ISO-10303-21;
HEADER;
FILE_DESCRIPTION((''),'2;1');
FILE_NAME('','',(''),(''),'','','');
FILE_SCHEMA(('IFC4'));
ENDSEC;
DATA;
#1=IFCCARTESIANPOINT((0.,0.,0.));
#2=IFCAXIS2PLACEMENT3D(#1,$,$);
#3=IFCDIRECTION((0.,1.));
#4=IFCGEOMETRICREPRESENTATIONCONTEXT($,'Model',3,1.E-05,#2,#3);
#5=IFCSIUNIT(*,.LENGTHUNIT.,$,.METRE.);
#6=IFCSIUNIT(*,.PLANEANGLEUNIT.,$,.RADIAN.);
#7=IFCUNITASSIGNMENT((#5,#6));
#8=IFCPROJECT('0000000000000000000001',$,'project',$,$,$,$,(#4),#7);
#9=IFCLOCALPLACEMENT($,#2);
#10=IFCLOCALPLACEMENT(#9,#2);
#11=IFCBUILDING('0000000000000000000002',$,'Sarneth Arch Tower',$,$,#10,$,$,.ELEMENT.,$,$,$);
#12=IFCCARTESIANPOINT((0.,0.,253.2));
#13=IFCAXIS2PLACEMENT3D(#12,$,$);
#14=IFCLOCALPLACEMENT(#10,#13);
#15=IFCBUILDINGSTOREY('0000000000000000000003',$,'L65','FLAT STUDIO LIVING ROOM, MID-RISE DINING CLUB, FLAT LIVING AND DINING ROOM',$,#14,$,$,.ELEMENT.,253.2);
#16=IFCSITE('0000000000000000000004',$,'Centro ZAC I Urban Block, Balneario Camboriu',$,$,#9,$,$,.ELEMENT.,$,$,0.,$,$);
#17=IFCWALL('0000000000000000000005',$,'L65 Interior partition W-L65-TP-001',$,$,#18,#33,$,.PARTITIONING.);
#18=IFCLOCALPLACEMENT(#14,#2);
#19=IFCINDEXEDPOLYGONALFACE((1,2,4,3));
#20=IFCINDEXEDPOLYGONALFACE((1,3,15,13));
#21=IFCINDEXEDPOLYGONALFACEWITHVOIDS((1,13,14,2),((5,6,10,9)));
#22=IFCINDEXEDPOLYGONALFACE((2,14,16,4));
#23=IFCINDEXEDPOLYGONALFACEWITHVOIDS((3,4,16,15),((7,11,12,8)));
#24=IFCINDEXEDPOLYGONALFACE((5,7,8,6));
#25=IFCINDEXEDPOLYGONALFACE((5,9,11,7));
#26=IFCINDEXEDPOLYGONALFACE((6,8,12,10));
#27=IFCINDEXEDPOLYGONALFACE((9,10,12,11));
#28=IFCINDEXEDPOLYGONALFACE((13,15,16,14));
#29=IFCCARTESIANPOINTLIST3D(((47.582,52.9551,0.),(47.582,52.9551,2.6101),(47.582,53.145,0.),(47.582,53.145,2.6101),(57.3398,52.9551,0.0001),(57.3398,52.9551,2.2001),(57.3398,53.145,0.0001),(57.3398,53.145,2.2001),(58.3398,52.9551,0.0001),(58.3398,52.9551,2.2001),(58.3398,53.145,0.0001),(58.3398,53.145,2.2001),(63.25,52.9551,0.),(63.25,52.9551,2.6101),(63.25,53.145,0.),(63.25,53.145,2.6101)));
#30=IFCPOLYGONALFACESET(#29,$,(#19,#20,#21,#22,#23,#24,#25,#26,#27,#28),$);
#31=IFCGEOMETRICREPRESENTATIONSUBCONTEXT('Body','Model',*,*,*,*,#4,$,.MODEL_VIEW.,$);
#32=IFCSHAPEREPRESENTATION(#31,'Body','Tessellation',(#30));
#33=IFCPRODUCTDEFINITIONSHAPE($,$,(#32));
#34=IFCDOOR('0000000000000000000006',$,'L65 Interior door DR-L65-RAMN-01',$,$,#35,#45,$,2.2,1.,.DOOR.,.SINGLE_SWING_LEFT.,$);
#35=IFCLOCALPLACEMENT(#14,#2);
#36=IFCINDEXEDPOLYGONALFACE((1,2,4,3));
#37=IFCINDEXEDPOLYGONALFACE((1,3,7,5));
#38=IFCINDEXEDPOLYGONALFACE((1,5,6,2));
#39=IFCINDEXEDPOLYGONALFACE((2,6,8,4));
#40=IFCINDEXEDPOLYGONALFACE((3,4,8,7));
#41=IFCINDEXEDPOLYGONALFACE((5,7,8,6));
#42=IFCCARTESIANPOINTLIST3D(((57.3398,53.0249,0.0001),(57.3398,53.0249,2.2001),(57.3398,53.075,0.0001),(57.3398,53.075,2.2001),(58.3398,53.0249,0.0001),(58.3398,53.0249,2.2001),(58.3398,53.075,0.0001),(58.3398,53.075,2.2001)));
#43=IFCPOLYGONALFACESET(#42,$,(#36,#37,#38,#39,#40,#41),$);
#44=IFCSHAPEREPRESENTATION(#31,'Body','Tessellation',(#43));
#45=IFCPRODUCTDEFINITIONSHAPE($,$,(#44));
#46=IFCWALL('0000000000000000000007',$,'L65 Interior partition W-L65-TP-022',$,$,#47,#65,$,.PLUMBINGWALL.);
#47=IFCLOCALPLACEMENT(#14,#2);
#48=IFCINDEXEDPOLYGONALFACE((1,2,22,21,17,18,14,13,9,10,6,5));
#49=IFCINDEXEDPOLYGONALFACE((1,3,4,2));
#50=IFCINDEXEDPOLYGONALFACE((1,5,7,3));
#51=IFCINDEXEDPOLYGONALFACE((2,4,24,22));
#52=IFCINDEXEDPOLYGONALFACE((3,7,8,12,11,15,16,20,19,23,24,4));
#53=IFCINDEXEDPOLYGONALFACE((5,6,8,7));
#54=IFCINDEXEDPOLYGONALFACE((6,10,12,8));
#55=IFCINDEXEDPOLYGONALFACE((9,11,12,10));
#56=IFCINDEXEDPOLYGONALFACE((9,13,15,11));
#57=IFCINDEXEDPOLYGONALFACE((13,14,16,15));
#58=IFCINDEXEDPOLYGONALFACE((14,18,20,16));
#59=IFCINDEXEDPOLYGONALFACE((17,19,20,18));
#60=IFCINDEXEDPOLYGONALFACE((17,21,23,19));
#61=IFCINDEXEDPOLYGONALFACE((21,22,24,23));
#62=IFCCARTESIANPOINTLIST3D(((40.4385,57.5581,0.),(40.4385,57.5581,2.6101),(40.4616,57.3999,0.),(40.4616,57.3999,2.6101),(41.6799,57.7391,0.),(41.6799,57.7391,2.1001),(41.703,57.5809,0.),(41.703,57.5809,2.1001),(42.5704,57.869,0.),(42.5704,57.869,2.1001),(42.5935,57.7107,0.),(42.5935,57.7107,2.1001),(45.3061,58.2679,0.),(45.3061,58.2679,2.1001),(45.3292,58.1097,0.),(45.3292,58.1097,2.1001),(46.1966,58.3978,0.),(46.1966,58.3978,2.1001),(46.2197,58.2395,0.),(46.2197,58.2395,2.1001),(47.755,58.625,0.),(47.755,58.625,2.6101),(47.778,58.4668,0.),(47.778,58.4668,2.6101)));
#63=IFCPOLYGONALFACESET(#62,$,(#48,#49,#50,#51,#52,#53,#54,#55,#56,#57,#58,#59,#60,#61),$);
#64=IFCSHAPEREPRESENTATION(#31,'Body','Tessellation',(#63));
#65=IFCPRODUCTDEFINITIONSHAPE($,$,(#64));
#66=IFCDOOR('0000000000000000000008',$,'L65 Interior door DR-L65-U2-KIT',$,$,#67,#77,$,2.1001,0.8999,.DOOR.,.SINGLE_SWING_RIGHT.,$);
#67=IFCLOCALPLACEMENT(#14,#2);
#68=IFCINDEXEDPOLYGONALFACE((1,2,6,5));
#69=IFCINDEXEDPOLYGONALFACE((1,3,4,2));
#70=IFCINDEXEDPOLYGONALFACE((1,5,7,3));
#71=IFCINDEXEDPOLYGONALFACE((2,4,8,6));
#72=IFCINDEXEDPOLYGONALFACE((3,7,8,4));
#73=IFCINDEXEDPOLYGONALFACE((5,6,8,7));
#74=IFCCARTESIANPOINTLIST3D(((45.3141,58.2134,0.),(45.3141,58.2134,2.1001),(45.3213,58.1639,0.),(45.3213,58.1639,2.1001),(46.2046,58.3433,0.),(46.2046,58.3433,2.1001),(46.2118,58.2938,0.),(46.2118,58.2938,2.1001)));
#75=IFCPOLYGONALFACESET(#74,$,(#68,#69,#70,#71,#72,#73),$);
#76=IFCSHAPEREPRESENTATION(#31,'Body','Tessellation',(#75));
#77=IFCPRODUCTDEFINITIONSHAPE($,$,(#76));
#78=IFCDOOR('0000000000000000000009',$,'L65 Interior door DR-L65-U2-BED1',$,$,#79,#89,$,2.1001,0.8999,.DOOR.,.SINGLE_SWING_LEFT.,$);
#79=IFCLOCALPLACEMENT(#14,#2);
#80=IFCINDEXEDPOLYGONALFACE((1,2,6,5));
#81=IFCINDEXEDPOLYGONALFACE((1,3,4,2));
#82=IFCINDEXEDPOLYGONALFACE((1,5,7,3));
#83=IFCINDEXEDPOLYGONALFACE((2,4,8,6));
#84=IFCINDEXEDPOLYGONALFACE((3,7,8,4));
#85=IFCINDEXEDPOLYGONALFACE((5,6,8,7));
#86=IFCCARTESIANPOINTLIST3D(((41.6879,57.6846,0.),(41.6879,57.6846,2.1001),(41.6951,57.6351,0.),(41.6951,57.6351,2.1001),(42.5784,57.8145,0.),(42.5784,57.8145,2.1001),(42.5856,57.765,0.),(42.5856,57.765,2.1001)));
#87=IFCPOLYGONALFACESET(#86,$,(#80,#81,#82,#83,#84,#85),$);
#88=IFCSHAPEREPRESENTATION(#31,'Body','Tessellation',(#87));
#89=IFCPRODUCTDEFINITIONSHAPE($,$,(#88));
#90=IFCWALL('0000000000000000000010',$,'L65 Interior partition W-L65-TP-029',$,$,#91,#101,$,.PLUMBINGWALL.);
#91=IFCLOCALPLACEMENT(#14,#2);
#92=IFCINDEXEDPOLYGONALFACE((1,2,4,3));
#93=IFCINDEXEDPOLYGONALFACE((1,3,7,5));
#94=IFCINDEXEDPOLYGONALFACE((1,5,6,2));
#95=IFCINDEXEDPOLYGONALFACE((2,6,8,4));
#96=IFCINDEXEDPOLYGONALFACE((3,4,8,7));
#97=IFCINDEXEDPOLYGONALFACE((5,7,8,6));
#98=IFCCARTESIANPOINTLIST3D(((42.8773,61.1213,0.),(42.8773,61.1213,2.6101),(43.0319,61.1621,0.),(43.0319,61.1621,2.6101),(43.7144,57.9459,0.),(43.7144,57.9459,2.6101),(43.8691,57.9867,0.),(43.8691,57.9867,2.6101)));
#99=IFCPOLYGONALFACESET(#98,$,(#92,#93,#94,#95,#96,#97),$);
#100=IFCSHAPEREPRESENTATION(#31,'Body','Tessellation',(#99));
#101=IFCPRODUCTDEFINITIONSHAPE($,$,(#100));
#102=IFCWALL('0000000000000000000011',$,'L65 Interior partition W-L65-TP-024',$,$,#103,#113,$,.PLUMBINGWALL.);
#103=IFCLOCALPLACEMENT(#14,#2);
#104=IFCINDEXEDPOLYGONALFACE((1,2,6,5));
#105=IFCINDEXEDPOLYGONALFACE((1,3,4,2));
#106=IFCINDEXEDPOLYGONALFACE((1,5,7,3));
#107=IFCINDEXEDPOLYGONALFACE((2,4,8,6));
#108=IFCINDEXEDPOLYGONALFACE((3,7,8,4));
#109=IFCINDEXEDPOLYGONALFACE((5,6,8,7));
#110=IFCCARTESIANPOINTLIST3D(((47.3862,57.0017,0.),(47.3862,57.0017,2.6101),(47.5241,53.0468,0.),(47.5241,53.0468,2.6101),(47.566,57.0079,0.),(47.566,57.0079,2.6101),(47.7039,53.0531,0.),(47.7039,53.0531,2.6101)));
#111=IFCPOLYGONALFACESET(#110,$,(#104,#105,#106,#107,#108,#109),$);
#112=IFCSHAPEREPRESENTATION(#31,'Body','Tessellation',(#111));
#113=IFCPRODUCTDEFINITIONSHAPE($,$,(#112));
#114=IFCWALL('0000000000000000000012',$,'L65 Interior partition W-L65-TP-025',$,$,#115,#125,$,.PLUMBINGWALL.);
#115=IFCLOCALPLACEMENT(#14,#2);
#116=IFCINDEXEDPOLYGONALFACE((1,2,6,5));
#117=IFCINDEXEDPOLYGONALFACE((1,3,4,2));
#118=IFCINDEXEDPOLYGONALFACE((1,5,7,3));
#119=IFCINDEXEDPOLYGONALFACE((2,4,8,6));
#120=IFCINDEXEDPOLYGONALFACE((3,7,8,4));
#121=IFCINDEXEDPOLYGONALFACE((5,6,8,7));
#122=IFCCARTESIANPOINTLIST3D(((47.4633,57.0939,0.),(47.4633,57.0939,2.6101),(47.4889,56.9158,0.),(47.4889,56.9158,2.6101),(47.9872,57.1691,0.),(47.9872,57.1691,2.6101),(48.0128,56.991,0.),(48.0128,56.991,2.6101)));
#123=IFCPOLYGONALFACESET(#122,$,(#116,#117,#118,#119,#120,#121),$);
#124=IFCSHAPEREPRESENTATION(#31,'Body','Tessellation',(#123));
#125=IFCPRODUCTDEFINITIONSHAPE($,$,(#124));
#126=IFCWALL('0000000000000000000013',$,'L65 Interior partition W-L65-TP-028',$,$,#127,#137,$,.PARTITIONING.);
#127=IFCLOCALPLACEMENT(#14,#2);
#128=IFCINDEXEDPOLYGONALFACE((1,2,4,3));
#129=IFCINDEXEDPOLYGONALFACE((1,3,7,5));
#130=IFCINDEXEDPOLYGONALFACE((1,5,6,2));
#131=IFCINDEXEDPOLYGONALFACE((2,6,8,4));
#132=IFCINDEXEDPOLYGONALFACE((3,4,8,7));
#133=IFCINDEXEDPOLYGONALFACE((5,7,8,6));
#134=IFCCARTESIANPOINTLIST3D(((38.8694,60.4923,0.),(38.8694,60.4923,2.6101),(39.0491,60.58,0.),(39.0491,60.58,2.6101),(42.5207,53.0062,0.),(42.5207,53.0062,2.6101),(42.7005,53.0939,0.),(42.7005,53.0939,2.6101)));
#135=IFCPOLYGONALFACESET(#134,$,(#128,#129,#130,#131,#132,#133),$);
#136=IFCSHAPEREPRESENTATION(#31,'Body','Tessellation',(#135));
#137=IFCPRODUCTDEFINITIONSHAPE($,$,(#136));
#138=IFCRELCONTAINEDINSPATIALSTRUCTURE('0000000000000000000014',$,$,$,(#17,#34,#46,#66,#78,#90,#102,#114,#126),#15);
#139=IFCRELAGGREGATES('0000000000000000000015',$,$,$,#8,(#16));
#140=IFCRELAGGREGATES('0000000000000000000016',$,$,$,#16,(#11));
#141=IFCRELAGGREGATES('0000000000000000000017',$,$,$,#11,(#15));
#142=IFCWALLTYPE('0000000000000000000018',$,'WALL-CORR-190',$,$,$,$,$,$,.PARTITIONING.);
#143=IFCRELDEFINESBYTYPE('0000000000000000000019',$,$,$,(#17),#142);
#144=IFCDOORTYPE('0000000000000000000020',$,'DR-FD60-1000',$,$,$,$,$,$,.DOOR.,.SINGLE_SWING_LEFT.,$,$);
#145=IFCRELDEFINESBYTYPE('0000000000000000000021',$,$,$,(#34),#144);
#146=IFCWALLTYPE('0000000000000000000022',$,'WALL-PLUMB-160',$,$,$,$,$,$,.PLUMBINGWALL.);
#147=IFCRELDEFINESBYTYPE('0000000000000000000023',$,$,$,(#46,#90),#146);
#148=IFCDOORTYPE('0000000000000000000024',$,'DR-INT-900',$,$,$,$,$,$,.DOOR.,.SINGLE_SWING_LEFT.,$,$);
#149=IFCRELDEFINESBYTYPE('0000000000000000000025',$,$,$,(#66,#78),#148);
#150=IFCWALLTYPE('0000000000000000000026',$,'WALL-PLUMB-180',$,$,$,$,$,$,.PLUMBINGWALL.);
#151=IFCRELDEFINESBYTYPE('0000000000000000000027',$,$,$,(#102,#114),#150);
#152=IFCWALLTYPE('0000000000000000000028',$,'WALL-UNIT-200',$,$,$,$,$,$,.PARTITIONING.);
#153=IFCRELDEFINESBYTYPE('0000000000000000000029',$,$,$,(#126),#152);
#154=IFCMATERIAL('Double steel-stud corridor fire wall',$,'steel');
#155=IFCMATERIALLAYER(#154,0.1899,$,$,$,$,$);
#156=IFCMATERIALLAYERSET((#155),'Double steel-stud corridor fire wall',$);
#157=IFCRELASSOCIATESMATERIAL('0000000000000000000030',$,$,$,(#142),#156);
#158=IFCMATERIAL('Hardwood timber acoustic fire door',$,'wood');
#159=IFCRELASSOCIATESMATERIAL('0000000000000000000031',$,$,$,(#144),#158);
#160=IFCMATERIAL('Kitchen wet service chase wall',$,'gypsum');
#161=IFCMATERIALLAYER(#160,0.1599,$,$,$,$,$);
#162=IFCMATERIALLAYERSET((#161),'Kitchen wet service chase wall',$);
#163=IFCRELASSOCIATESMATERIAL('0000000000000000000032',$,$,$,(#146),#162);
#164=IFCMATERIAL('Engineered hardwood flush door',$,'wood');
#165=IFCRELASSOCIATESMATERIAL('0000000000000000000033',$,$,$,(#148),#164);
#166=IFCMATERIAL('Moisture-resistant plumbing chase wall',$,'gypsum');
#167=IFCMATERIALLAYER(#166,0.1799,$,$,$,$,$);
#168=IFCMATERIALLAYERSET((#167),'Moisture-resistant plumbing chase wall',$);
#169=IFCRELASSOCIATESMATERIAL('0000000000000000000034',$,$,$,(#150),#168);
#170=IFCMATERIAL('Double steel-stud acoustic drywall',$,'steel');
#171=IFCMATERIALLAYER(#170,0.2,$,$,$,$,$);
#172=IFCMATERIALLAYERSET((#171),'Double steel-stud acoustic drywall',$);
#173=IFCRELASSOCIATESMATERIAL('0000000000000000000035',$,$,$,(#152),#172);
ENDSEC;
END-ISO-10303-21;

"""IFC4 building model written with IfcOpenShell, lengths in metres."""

from ifc_helpers import new_model, si_unit, direction, frame, frame_2d, origin, place, context, subcontext, project, spatial, rectangle, extrude, material, layer, layer_set, type_object, element, fill, save


model = new_model("IFC4")

# Units and contexts
model_context = context("Model", 3, precision=1e-05, world=origin(), true_north=direction((0.0, 1.0)))
body_context = subcontext(model_context, "Body", "Model", "MODEL_VIEW")
ifc_project = project(units=[si_unit("LENGTHUNIT", "METRE"), si_unit("PLANEANGLEUNIT", "RADIAN")], contexts=[model_context])

# Site, building, storey
site_placement = place(None, origin())
site = spatial("IfcSite", under=ifc_project, at=site_placement, Name="Centro ZAC I Urban Block, Balneario Camboriu", CompositionType="ELEMENT", RefElevation=0.0)
building_placement = place(site_placement, origin())
building = spatial("IfcBuilding", under=site, at=building_placement, Name="Sarneth Arch Tower", CompositionType="ELEMENT")
storey_placement = place(building_placement, frame((0.0, 0.0, 253.2)))
storey = spatial("IfcBuildingStorey", under=building, at=storey_placement, Name="L65", Description="FLAT STUDIO LIVING ROOM, MID-RISE DINING CLUB, FLAT LIVING AND DINING ROOM", CompositionType="ELEMENT", Elevation=253.2)

# Wall, opening, door
ifc_material_1 = material(Name="Double steel-stud corridor fire wall", Category="steel")
ifc_layer_1 = layer(ifc_material_1, 0.1899)
ifc_layer_set_1 = layer_set([ifc_layer_1], Name="Double steel-stud corridor fire wall")
wall_type_1 = type_object("IfcWallType", Name="WALL-CORR-190", PredefinedType="PARTITIONING", material=ifc_layer_set_1)
wall_1_placement = place(storey_placement, frame((47.582, 53.05, 0.0), z_axis=(0.0, 0.0, 1.0), x_axis=(1.0, 0.0, 0.0)))
wall_1 = element("IfcWall", 1, at=wall_1_placement, inside=storey, type_object=wall_type_1, Name="L65 Interior partition W-L65-TP-001", PredefinedType="PARTITIONING", context=body_context, shape_type="SweptSolid", body=[
    extrude(rectangle(XDim=15.668, YDim=0.1899, at=frame_2d((7.834, 0.0))), origin(), (0.0, 0.0, 1.0), 2.6101),
])
opening_1_placement = place(wall_1_placement, frame((9.7578, 0.0, 0.0)))
opening_1 = element("IfcOpeningElement", 2, at=opening_1_placement, cuts=wall_1, PredefinedType="OPENING", context=body_context, shape_type="SweptSolid", body=[
    extrude(rectangle(XDim=1.0, YDim=2.2, at=frame_2d((0.5, 1.1001))), frame((0.0, 0.105, 0.0), z_axis=(0.0, -1.0, 0.0), x_axis=(1.0, 0.0, 0.0)), (0.0, 0.0, 1.0), 0.21),
])
ifc_material_2 = material(Name="Hardwood timber acoustic fire door", Category="wood")
door_type_1 = type_object("IfcDoorType", Name="DR-FD60-1000", OperationType="SINGLE_SWING_LEFT", PredefinedType="DOOR", material=ifc_material_2)
door_1_placement = place(opening_1_placement, origin())
door_1 = element("IfcDoor", 3, at=door_1_placement, inside=storey, type_object=door_type_1, Name="L65 Interior door DR-L65-RAMN-01", OperationType="SINGLE_SWING_LEFT", OverallHeight=2.2, OverallWidth=1.0, PredefinedType="DOOR", context=body_context, shape_type="SweptSolid", body=[
    extrude(rectangle(XDim=1.0, YDim=2.2, at=frame_2d((0.5, 1.1001))), frame((0.0, 0.0249, 0.0), z_axis=(0.0, -1.0, 0.0), x_axis=(1.0, 0.0, 0.0)), (0.0, 0.0, 1.0), 0.05),
])
fill(opening_1, door_1)

# Wall, openings, doors
ifc_material_3 = material(Name="Kitchen wet service chase wall", Category="gypsum")
ifc_layer_2 = layer(ifc_material_3, 0.1599)
ifc_layer_set_2 = layer_set([ifc_layer_2], Name="Kitchen wet service chase wall")
wall_type_2 = type_object("IfcWallType", Name="WALL-PLUMB-160", PredefinedType="PLUMBINGWALL", material=ifc_layer_set_2)
wall_2_placement = place(storey_placement, frame((40.4502, 57.479, 0.0), z_axis=(0.0, 0.0, 1.0), x_axis=(0.989535, 0.144296, 0.0)))
wall_2 = element("IfcWall", 4, at=wall_2_placement, inside=storey, type_object=wall_type_2, Name="L65 Interior partition W-L65-TP-022", PredefinedType="PLUMBINGWALL", context=body_context, shape_type="SweptSolid", body=[
    extrude(rectangle(XDim=7.3938, YDim=0.1599, at=frame_2d((3.6968, 0.0))), origin(), (0.0, 0.0, 1.0), 2.6101),
])
opening_2_placement = place(wall_2_placement, frame((4.9189, 0.0, 0.0)))
opening_2 = element("IfcOpeningElement", 5, at=opening_2_placement, cuts=wall_2, PredefinedType="OPENING", context=body_context, shape_type="SweptSolid", body=[
    extrude(rectangle(XDim=0.8999, YDim=2.1001, at=frame_2d((0.45, 1.05))), frame((0.0, 0.0898, 0.0), z_axis=(0.0, -1.0, 0.0), x_axis=(1.0, 0.0, 0.0)), (0.0, 0.0, 1.0), 0.1799),
])
opening_3_placement = place(wall_2_placement, frame((1.2544, 0.0, 0.0)))
opening_3 = element("IfcOpeningElement", 6, at=opening_3_placement, cuts=wall_2, PredefinedType="OPENING", context=body_context, shape_type="SweptSolid", body=[
    extrude(rectangle(XDim=0.8999, YDim=2.1001, at=frame_2d((0.45, 1.05))), frame((0.0, 0.0898, 0.0), z_axis=(0.0, -1.0, 0.0), x_axis=(1.0, 0.0, 0.0)), (0.0, 0.0, 1.0), 0.1799),
])
ifc_material_4 = material(Name="Engineered hardwood flush door", Category="wood")
door_type_2 = type_object("IfcDoorType", Name="DR-INT-900", OperationType="SINGLE_SWING_LEFT", PredefinedType="DOOR", material=ifc_material_4)
door_2_placement = place(opening_2_placement, origin())
door_2 = element("IfcDoor", 7, at=door_2_placement, inside=storey, type_object=door_type_2, Name="L65 Interior door DR-L65-U2-KIT", OperationType="SINGLE_SWING_RIGHT", OverallHeight=2.1001, OverallWidth=0.8999, PredefinedType="DOOR", context=body_context, shape_type="SweptSolid", body=[
    extrude(rectangle(XDim=0.8999, YDim=2.1001, at=frame_2d((0.45, 1.05))), frame((0.0, 0.0249, 0.0), z_axis=(0.0, -1.0, 0.0), x_axis=(1.0, 0.0, 0.0)), (0.0, 0.0, 1.0), 0.05),
])
fill(opening_2, door_2)
door_3_placement = place(opening_3_placement, origin())
door_3 = element("IfcDoor", 8, at=door_3_placement, inside=storey, type_object=door_type_2, Name="L65 Interior door DR-L65-U2-BED1", OperationType="SINGLE_SWING_LEFT", OverallHeight=2.1001, OverallWidth=0.8999, PredefinedType="DOOR", context=body_context, shape_type="SweptSolid", body=[
    extrude(rectangle(XDim=0.8999, YDim=2.1001, at=frame_2d((0.45, 1.05))), frame((0.0, 0.0249, 0.0), z_axis=(0.0, -1.0, 0.0), x_axis=(1.0, 0.0, 0.0)), (0.0, 0.0, 1.0), 0.05),
])
fill(opening_3, door_3)

# Walls
wall_3_placement = place(storey_placement, frame((42.9546, 61.1418, 0.0), z_axis=(0.0, 0.0, 1.0), x_axis=(0.254918, -0.966963, 0.0)))
element("IfcWall", 9, at=wall_3_placement, inside=storey, type_object=wall_type_2, Name="L65 Interior partition W-L65-TP-029", PredefinedType="PLUMBINGWALL", context=body_context, shape_type="SweptSolid", body=[
    extrude(rectangle(XDim=3.2839, YDim=0.1599, at=frame_2d((1.6421, 0.0))), origin(), (0.0, 0.0, 1.0), 2.6101),
])
ifc_material_5 = material(Name="Moisture-resistant plumbing chase wall", Category="gypsum")
ifc_layer_3 = layer(ifc_material_5, 0.1799)
ifc_layer_set_3 = layer_set([ifc_layer_3], Name="Moisture-resistant plumbing chase wall")
wall_type_3 = type_object("IfcWallType", Name="WALL-PLUMB-180", PredefinedType="PLUMBINGWALL", material=ifc_layer_set_3)
wall_4_placement = place(storey_placement, frame((47.614, 53.05, 0.0), z_axis=(0.0, 0.0, 1.0), x_axis=(-0.034858, 0.999392, 0.0)))
element("IfcWall", 10, at=wall_4_placement, inside=storey, type_object=wall_type_3, Name="L65 Interior partition W-L65-TP-024", PredefinedType="PLUMBINGWALL", context=body_context, shape_type="SweptSolid", body=[
    extrude(rectangle(XDim=3.9573, YDim=0.1799, at=frame_2d((1.9785, 0.0))), origin(), (0.0, 0.0, 1.0), 2.6101),
])
wall_5_placement = place(storey_placement, frame((47.4761, 57.0049, 0.0), z_axis=(0.0, 0.0, 1.0), x_axis=(0.989857, 0.142067, 0.0)))
element("IfcWall", 11, at=wall_5_placement, inside=storey, type_object=wall_type_3, Name="L65 Interior partition W-L65-TP-025", PredefinedType="PLUMBINGWALL", context=body_context, shape_type="SweptSolid", body=[
    extrude(rectangle(XDim=0.5293, YDim=0.1799, at=frame_2d((0.2646, 0.0))), origin(), (0.0, 0.0, 1.0), 2.6101),
])
ifc_material_6 = material(Name="Double steel-stud acoustic drywall", Category="steel")
ifc_layer_4 = layer(ifc_material_6, 0.2)
ifc_layer_set_4 = layer_set([ifc_layer_4], Name="Double steel-stud acoustic drywall")
wall_type_4 = type_object("IfcWallType", Name="WALL-UNIT-200", PredefinedType="PARTITIONING", material=ifc_layer_set_4)
wall_6_placement = place(storey_placement, frame((42.6106, 53.05, 0.0), z_axis=(0.0, 0.0, 1.0), x_axis=(-0.438387, 0.898786, 0.0)))
element("IfcWall", 12, at=wall_6_placement, inside=storey, type_object=wall_type_4, Name="L65 Interior partition W-L65-TP-028", PredefinedType="PARTITIONING", context=body_context, shape_type="SweptSolid", body=[
    extrude(rectangle(XDim=8.3291, YDim=0.2, at=frame_2d((4.1646, 0.0))), origin(), (0.0, 0.0, 1.0), 2.6101),
])

save(model, "model.ifc")
